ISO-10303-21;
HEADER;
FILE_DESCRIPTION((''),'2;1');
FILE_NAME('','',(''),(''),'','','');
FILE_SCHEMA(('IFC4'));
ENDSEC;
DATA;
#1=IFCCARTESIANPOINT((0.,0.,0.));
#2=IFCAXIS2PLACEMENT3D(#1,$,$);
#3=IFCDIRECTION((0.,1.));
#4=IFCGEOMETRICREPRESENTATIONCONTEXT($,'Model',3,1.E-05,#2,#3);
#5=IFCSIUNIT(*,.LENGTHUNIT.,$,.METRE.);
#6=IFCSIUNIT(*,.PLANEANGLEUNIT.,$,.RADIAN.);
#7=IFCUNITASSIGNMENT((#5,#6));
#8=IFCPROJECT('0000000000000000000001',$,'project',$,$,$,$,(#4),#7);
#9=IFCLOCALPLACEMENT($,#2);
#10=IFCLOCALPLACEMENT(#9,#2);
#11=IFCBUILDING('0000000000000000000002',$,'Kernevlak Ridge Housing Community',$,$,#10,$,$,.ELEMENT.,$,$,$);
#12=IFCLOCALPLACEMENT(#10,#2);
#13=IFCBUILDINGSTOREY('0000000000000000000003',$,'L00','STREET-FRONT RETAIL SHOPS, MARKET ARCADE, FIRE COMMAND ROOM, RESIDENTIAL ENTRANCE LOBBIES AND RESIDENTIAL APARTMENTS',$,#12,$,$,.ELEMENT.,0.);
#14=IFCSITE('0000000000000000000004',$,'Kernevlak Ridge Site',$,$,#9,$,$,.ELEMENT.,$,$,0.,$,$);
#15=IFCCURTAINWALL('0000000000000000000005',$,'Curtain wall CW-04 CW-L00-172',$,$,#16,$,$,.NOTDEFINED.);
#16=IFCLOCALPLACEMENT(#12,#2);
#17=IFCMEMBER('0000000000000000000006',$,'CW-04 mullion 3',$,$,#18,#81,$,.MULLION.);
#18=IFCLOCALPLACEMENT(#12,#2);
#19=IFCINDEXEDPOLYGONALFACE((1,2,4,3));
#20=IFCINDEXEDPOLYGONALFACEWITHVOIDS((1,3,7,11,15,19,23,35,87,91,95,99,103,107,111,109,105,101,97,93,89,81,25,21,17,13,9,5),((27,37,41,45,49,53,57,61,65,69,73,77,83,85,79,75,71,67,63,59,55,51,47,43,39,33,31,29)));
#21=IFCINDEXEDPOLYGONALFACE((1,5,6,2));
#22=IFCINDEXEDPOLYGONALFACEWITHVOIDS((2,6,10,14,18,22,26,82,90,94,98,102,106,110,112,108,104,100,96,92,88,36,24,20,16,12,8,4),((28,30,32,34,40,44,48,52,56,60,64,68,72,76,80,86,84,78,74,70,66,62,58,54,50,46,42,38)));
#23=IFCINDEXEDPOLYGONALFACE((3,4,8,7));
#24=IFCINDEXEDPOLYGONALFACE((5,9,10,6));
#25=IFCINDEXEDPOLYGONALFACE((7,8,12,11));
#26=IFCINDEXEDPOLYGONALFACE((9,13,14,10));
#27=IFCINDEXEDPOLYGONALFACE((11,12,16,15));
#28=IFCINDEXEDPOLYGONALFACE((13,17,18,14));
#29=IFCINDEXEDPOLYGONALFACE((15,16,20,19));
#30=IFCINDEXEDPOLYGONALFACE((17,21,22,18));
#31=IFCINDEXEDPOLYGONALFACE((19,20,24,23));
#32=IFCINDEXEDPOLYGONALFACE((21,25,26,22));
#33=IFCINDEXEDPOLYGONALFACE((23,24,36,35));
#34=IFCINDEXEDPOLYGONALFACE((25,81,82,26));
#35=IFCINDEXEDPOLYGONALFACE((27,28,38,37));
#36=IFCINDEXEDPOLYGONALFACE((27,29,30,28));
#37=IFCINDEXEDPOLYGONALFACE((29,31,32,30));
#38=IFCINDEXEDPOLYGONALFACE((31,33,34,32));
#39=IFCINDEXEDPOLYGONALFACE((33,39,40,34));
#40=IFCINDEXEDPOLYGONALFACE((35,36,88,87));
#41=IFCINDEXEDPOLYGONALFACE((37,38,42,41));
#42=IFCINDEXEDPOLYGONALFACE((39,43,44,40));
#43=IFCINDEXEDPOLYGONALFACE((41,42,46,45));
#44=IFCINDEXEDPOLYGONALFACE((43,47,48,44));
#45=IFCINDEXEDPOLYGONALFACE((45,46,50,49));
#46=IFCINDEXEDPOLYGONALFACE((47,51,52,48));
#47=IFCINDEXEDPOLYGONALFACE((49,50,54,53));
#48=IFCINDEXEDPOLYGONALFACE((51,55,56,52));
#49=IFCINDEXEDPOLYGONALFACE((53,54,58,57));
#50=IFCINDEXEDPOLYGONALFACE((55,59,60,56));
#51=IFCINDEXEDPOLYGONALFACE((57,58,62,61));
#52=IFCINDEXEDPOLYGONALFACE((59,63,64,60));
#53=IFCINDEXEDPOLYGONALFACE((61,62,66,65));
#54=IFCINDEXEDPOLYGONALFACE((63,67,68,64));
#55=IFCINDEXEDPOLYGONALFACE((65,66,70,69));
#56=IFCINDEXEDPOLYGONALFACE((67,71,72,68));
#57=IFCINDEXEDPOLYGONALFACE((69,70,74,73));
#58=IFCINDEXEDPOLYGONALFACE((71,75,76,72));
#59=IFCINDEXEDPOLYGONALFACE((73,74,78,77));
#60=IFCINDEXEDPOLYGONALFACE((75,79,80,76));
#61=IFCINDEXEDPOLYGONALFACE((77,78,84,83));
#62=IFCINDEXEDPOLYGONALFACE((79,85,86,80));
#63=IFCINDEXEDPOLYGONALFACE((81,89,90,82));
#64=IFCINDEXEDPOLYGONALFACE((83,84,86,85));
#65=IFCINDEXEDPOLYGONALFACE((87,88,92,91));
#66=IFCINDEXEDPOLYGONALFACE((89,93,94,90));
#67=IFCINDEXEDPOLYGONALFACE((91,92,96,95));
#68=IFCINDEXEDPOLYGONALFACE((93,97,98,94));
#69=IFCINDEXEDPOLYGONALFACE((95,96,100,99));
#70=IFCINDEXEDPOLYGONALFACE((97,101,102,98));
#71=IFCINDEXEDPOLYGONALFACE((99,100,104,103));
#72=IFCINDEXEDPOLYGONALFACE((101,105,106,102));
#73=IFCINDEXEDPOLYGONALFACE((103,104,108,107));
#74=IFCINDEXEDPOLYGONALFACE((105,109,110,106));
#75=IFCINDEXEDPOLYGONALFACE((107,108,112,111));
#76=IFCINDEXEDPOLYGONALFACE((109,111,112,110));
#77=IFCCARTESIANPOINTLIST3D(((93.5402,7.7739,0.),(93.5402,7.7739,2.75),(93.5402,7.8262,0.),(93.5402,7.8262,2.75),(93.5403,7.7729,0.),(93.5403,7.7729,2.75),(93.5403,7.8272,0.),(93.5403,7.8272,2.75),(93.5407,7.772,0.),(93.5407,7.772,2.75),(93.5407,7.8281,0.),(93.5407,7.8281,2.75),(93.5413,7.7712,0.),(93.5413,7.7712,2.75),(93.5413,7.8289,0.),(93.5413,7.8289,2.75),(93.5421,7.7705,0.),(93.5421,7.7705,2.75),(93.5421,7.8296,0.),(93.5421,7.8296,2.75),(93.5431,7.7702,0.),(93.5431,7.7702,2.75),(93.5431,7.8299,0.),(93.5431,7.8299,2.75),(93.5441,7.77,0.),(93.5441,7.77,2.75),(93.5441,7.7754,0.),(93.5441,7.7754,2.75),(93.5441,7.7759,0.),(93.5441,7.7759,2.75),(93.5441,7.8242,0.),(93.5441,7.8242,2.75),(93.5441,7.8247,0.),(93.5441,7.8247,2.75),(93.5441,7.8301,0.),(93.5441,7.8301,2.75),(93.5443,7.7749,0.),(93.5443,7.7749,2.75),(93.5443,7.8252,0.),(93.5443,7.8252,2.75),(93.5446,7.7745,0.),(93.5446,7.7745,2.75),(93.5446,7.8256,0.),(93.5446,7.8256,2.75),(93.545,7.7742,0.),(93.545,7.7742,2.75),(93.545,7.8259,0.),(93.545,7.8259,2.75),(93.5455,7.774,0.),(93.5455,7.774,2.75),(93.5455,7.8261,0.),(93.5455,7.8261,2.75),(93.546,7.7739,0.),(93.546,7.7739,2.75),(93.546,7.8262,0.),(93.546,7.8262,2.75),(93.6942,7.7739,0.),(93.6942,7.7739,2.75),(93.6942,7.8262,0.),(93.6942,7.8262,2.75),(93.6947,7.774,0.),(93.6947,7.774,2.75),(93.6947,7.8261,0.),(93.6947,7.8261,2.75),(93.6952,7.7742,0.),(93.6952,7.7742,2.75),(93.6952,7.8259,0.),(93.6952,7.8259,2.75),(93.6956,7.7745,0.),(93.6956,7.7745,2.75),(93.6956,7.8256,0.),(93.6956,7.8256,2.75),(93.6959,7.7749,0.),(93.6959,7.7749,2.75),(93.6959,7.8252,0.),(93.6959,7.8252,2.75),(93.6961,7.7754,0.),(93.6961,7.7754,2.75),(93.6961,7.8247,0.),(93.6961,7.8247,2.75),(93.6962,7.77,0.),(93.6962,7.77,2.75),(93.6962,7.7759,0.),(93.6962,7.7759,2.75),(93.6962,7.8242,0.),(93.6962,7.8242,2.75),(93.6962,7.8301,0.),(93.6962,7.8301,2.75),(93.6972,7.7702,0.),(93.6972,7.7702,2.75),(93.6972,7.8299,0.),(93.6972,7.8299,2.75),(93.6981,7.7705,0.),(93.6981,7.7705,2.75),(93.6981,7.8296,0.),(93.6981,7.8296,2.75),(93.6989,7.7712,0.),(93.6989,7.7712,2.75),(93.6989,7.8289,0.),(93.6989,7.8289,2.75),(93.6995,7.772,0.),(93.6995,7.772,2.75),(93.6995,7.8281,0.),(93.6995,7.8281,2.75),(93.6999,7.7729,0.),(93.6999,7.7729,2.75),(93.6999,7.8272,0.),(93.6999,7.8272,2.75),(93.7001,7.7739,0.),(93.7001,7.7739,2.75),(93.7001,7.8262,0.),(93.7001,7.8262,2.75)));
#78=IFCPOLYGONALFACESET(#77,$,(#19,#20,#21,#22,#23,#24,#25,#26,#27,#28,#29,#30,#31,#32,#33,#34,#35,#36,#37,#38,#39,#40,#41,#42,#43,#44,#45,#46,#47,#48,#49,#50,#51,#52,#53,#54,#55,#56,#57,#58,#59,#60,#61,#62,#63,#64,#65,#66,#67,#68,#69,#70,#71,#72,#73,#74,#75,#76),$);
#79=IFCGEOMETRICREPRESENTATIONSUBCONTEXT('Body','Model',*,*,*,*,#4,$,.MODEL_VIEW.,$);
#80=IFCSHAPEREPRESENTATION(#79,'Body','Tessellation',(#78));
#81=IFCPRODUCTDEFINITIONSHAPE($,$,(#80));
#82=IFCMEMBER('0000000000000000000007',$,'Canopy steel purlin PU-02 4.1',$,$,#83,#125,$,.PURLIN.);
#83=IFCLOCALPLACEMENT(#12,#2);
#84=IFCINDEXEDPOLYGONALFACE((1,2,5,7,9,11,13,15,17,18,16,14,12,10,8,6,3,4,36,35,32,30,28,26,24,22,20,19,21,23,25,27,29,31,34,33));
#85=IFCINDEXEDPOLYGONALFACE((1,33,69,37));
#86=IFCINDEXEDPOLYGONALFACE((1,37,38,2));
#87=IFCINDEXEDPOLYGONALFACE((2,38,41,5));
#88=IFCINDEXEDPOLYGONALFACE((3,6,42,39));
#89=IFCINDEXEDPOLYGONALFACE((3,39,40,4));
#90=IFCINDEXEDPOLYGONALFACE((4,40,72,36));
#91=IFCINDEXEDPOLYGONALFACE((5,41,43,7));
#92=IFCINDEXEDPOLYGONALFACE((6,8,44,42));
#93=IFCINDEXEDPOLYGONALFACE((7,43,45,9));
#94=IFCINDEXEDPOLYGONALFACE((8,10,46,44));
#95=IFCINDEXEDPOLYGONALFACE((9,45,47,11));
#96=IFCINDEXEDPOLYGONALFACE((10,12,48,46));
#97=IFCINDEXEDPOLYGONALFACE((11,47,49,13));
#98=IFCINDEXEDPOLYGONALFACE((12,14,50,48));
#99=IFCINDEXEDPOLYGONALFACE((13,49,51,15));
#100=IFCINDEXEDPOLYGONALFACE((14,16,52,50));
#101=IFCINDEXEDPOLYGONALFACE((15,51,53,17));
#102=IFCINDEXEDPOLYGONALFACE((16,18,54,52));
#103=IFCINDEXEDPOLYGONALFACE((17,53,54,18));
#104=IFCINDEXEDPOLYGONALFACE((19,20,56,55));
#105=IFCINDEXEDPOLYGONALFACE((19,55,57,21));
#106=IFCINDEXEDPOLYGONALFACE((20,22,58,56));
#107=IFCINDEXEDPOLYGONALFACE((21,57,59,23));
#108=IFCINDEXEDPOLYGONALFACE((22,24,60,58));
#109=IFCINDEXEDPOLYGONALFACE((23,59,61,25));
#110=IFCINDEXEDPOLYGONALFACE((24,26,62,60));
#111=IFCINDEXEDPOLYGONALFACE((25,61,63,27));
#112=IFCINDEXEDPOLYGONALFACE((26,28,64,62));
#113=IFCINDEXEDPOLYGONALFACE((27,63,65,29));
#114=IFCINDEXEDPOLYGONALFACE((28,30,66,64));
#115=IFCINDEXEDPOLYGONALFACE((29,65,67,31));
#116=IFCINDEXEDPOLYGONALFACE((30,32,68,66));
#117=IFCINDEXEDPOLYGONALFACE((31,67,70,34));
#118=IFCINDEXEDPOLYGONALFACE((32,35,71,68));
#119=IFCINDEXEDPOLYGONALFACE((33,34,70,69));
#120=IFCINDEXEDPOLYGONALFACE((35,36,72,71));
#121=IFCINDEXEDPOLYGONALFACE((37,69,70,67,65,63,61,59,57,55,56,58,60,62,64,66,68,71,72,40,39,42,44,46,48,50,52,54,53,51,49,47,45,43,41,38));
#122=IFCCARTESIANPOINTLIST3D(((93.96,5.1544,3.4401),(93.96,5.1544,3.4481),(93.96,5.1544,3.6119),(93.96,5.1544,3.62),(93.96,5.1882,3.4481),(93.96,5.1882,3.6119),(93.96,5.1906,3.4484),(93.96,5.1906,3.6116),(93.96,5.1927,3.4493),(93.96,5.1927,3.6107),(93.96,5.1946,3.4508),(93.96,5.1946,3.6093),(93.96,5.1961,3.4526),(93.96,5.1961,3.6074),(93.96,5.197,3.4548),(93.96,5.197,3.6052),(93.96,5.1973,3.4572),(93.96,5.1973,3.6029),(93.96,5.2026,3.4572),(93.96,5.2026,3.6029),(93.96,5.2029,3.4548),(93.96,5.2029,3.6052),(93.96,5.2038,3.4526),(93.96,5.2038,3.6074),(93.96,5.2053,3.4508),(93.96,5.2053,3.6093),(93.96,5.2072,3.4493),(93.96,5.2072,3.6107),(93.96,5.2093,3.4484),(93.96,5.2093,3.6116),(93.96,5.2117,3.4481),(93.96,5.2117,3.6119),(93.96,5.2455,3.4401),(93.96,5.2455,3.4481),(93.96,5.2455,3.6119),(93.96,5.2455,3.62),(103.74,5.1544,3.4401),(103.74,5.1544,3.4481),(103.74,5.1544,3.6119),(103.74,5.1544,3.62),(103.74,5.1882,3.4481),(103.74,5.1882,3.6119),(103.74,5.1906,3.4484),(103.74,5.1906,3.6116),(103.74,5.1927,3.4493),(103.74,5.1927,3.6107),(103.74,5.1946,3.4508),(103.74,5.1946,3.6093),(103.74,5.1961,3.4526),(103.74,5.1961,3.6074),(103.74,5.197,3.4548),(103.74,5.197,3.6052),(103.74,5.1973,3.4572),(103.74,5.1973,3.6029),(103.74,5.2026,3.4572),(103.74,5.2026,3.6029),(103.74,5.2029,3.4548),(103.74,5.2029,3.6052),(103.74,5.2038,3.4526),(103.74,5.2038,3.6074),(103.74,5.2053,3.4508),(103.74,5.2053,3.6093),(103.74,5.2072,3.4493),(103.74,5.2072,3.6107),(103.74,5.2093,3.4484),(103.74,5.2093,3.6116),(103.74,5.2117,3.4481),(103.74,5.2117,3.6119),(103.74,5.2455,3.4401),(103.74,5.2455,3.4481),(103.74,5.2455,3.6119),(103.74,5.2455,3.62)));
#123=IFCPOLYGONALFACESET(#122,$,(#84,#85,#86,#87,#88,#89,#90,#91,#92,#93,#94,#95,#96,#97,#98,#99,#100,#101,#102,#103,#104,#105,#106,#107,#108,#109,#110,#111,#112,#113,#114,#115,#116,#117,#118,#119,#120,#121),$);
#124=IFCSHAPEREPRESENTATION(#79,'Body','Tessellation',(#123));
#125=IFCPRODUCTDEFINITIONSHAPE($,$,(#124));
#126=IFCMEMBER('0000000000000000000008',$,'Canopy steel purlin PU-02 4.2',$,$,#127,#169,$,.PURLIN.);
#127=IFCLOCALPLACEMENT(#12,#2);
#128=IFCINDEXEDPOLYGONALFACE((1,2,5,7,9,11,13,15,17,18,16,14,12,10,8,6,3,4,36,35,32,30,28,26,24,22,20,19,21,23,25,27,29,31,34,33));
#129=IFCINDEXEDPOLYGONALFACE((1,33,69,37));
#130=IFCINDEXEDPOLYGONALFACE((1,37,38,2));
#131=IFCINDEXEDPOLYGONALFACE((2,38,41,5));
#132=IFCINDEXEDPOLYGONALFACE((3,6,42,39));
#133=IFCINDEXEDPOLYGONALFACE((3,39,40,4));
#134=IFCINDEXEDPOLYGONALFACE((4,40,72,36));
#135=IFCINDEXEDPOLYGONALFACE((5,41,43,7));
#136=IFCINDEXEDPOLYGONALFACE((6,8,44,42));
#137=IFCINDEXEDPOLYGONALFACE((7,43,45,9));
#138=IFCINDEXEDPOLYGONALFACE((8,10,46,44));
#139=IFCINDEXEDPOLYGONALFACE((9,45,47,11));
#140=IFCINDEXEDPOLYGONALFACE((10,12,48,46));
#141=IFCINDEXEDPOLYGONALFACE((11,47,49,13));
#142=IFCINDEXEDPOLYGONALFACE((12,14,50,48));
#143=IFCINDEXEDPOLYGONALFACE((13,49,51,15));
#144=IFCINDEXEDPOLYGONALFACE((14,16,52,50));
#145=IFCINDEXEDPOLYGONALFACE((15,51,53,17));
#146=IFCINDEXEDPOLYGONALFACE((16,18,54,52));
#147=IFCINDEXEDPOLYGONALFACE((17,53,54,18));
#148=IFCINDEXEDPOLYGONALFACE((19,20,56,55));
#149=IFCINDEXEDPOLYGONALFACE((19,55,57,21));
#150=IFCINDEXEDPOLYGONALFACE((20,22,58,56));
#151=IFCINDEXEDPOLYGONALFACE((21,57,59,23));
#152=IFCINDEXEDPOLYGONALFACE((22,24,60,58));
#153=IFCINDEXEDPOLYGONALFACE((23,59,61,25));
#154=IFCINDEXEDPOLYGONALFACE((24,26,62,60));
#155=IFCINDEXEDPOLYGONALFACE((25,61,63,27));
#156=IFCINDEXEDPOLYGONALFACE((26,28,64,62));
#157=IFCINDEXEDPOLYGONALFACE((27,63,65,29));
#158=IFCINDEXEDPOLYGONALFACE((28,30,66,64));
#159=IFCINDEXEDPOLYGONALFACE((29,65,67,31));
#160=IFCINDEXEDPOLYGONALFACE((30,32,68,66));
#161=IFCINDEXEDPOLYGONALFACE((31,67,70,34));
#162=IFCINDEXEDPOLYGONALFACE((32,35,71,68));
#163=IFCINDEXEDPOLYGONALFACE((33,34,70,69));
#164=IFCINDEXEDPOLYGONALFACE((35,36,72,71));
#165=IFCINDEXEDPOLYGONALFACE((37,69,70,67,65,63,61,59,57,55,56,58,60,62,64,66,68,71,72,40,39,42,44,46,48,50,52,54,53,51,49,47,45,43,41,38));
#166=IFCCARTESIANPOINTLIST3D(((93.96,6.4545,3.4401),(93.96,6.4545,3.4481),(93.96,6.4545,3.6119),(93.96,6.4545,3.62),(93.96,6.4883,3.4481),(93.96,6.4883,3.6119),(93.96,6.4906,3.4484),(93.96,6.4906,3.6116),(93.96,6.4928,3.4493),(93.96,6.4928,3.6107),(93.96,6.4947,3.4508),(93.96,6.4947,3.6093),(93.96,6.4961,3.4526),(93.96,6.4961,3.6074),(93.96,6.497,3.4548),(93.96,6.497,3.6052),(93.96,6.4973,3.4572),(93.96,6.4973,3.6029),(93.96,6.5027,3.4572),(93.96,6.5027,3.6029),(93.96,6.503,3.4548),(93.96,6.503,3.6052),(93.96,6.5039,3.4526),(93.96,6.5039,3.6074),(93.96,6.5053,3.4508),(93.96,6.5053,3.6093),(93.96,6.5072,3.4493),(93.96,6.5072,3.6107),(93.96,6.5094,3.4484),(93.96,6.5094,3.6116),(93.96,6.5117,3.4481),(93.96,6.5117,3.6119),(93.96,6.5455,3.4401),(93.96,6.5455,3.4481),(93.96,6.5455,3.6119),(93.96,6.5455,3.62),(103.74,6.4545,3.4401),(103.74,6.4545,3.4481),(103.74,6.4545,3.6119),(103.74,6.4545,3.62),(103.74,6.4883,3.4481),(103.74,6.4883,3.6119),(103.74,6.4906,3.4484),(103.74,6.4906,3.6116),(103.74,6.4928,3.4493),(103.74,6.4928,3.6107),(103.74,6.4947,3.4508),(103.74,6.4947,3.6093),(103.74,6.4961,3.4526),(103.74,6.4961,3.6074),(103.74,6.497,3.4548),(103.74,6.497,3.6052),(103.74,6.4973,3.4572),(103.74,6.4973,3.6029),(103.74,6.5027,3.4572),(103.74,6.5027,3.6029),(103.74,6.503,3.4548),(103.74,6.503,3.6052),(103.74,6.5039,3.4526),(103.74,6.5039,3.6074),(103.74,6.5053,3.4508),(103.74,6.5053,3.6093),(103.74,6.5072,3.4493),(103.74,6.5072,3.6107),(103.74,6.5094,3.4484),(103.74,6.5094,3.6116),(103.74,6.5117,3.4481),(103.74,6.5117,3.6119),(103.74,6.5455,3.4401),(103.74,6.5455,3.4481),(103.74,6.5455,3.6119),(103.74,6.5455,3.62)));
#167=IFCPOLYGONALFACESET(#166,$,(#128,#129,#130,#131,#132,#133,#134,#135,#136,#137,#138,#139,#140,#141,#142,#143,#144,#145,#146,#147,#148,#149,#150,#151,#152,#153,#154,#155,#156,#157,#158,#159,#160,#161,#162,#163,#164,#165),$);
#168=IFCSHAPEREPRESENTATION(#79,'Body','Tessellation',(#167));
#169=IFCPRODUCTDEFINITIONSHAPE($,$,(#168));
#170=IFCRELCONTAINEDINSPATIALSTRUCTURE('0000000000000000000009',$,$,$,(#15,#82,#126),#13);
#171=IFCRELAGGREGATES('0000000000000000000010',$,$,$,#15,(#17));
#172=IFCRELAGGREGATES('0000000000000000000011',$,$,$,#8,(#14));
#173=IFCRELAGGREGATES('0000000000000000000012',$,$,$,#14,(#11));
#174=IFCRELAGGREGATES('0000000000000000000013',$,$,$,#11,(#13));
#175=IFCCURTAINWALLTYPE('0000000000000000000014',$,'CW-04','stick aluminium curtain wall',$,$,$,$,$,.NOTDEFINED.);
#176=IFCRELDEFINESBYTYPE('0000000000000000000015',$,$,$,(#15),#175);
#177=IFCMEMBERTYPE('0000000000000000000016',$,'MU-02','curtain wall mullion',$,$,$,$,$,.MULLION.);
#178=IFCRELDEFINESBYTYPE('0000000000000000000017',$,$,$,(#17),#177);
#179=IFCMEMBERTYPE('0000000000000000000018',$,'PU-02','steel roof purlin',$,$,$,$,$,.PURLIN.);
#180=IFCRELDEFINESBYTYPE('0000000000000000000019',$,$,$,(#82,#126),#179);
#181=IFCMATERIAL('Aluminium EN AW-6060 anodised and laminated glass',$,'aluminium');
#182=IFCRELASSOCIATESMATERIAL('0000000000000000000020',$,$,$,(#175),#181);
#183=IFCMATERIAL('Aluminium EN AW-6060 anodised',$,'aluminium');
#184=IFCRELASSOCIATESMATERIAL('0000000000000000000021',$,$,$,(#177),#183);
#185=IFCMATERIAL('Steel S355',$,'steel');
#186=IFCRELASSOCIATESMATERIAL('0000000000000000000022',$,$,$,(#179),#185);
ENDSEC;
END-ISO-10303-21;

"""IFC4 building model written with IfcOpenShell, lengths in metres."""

from ifc_helpers import new_model, si_unit, direction, frame, origin, origin_2d, place, context, subcontext, project, spatial, hollow_rectangle, i_section, extrude, material, material_profile, profile_set, type_object, element, aggregate, save


model = new_model("IFC4")

# Units and contexts
model_context = context("Model", 3, precision=1e-05, world=origin(), true_north=direction((0.0, 1.0)))
body_context = subcontext(model_context, "Body", "Model", "MODEL_VIEW")
ifc_project = project(units=[si_unit("LENGTHUNIT", "METRE"), si_unit("PLANEANGLEUNIT", "RADIAN")], contexts=[model_context])

# Site, building, storey
site_placement = place(None, origin())
site = spatial("IfcSite", under=ifc_project, at=site_placement, Name="Kernevlak Ridge Site", CompositionType="ELEMENT", RefElevation=0.0)
building_placement = place(site_placement, origin())
building = spatial("IfcBuilding", under=site, at=building_placement, Name="Kernevlak Ridge Housing Community", CompositionType="ELEMENT")
storey_placement = place(building_placement, origin())
storey = spatial("IfcBuildingStorey", under=building, at=storey_placement, Name="L00", Description="STREET-FRONT RETAIL SHOPS, MARKET ARCADE, FIRE COMMAND ROOM, RESIDENTIAL ENTRANCE LOBBIES AND RESIDENTIAL APARTMENTS", CompositionType="ELEMENT", Elevation=0.0)

# Shared definitions
ifc_material_1 = material(Name="Steel S355", Category="steel")

# Curtain wall, member
ifc_material_2 = material(Name="Aluminium EN AW-6060 anodised and laminated glass", Category="aluminium")
curtain_wall_type = type_object("IfcCurtainWallType", Name="CW-04", Description="stick aluminium curtain wall", PredefinedType="NOTDEFINED", material=ifc_material_2)
curtain_wall_placement = place(storey_placement, origin())
curtain_wall = element("IfcCurtainWall", 1, at=curtain_wall_placement, inside=storey, type_object=curtain_wall_type, Name="Curtain wall CW-04 CW-L00-172", PredefinedType="NOTDEFINED")
ifc_material_3 = material(Name="Aluminium EN AW-6060 anodised", Category="aluminium")
ifc_material_profile_1 = material_profile(ifc_material_3, hollow_rectangle(XDim=0.0601, YDim=0.1599, WallThickness=0.0039, InnerFilletRadius=0.002, OuterFilletRadius=0.0039, at=origin_2d()), Name="ALU 60x160x4")
ifc_profile_set_1 = profile_set([ifc_material_profile_1], Name="Aluminium EN AW-6060 anodised")
member_type_1 = type_object("IfcMemberType", Name="MU-02", Description="curtain wall mullion", PredefinedType="MULLION", material=ifc_profile_set_1)
member_1_placement = place(storey_placement, frame((93.6201, 7.8, 0.0), z_axis=(0.0, 0.0, 1.0), x_axis=(0.0, 1.0, 0.0)))
member_1 = element("IfcMember", 2, at=member_1_placement, type_object=member_type_1, Name="CW-04 mullion 3", PredefinedType="MULLION", context=body_context, shape_type="SweptSolid", body=[
    extrude(hollow_rectangle(XDim=0.0601, YDim=0.1599, WallThickness=0.0039, InnerFilletRadius=0.002, OuterFilletRadius=0.0039, at=origin_2d()), origin(), (0.0, 0.0, 1.0), 2.75),
])

# Members
ifc_material_profile_2 = material_profile(ifc_material_1, i_section(OverallWidth=0.0911, OverallDepth=0.1799, WebThickness=0.0054, FlangeThickness=0.0081, FilletRadius=0.009, at=origin_2d()), Name="IPE 180")
ifc_profile_set_2 = profile_set([ifc_material_profile_2], Name="Steel S355")
member_type_2 = type_object("IfcMemberType", Name="PU-02", Description="steel roof purlin", PredefinedType="PURLIN", material=ifc_profile_set_2)
for number, where, z_axis, x_axis, name in (
    (3, (93.96, 5.2, 3.53), (1.0, 0.0, 0.0), (0.0, 1.0, 0.0), "Canopy steel purlin PU-02 4.1"),
    (4, (93.96, 6.5, 3.53), (1.0, 0.0, 0.0), (0.0, 1.0, 0.0), "Canopy steel purlin PU-02 4.2"),
):
    element("IfcMember", number, at=place(storey_placement, frame(where, z_axis=z_axis, x_axis=x_axis)), inside=storey, type_object=member_type_2, Name=name, PredefinedType="PURLIN", context=body_context, shape_type="SweptSolid", body=[
        extrude(i_section(OverallWidth=0.0911, OverallDepth=0.1799, WebThickness=0.0054, FlangeThickness=0.0081, FilletRadius=0.009, at=origin_2d()), origin(), (0.0, 0.0, 1.0), 9.78),
    ])

aggregate(curtain_wall, [member_1])

save(model, "model.ifc")
